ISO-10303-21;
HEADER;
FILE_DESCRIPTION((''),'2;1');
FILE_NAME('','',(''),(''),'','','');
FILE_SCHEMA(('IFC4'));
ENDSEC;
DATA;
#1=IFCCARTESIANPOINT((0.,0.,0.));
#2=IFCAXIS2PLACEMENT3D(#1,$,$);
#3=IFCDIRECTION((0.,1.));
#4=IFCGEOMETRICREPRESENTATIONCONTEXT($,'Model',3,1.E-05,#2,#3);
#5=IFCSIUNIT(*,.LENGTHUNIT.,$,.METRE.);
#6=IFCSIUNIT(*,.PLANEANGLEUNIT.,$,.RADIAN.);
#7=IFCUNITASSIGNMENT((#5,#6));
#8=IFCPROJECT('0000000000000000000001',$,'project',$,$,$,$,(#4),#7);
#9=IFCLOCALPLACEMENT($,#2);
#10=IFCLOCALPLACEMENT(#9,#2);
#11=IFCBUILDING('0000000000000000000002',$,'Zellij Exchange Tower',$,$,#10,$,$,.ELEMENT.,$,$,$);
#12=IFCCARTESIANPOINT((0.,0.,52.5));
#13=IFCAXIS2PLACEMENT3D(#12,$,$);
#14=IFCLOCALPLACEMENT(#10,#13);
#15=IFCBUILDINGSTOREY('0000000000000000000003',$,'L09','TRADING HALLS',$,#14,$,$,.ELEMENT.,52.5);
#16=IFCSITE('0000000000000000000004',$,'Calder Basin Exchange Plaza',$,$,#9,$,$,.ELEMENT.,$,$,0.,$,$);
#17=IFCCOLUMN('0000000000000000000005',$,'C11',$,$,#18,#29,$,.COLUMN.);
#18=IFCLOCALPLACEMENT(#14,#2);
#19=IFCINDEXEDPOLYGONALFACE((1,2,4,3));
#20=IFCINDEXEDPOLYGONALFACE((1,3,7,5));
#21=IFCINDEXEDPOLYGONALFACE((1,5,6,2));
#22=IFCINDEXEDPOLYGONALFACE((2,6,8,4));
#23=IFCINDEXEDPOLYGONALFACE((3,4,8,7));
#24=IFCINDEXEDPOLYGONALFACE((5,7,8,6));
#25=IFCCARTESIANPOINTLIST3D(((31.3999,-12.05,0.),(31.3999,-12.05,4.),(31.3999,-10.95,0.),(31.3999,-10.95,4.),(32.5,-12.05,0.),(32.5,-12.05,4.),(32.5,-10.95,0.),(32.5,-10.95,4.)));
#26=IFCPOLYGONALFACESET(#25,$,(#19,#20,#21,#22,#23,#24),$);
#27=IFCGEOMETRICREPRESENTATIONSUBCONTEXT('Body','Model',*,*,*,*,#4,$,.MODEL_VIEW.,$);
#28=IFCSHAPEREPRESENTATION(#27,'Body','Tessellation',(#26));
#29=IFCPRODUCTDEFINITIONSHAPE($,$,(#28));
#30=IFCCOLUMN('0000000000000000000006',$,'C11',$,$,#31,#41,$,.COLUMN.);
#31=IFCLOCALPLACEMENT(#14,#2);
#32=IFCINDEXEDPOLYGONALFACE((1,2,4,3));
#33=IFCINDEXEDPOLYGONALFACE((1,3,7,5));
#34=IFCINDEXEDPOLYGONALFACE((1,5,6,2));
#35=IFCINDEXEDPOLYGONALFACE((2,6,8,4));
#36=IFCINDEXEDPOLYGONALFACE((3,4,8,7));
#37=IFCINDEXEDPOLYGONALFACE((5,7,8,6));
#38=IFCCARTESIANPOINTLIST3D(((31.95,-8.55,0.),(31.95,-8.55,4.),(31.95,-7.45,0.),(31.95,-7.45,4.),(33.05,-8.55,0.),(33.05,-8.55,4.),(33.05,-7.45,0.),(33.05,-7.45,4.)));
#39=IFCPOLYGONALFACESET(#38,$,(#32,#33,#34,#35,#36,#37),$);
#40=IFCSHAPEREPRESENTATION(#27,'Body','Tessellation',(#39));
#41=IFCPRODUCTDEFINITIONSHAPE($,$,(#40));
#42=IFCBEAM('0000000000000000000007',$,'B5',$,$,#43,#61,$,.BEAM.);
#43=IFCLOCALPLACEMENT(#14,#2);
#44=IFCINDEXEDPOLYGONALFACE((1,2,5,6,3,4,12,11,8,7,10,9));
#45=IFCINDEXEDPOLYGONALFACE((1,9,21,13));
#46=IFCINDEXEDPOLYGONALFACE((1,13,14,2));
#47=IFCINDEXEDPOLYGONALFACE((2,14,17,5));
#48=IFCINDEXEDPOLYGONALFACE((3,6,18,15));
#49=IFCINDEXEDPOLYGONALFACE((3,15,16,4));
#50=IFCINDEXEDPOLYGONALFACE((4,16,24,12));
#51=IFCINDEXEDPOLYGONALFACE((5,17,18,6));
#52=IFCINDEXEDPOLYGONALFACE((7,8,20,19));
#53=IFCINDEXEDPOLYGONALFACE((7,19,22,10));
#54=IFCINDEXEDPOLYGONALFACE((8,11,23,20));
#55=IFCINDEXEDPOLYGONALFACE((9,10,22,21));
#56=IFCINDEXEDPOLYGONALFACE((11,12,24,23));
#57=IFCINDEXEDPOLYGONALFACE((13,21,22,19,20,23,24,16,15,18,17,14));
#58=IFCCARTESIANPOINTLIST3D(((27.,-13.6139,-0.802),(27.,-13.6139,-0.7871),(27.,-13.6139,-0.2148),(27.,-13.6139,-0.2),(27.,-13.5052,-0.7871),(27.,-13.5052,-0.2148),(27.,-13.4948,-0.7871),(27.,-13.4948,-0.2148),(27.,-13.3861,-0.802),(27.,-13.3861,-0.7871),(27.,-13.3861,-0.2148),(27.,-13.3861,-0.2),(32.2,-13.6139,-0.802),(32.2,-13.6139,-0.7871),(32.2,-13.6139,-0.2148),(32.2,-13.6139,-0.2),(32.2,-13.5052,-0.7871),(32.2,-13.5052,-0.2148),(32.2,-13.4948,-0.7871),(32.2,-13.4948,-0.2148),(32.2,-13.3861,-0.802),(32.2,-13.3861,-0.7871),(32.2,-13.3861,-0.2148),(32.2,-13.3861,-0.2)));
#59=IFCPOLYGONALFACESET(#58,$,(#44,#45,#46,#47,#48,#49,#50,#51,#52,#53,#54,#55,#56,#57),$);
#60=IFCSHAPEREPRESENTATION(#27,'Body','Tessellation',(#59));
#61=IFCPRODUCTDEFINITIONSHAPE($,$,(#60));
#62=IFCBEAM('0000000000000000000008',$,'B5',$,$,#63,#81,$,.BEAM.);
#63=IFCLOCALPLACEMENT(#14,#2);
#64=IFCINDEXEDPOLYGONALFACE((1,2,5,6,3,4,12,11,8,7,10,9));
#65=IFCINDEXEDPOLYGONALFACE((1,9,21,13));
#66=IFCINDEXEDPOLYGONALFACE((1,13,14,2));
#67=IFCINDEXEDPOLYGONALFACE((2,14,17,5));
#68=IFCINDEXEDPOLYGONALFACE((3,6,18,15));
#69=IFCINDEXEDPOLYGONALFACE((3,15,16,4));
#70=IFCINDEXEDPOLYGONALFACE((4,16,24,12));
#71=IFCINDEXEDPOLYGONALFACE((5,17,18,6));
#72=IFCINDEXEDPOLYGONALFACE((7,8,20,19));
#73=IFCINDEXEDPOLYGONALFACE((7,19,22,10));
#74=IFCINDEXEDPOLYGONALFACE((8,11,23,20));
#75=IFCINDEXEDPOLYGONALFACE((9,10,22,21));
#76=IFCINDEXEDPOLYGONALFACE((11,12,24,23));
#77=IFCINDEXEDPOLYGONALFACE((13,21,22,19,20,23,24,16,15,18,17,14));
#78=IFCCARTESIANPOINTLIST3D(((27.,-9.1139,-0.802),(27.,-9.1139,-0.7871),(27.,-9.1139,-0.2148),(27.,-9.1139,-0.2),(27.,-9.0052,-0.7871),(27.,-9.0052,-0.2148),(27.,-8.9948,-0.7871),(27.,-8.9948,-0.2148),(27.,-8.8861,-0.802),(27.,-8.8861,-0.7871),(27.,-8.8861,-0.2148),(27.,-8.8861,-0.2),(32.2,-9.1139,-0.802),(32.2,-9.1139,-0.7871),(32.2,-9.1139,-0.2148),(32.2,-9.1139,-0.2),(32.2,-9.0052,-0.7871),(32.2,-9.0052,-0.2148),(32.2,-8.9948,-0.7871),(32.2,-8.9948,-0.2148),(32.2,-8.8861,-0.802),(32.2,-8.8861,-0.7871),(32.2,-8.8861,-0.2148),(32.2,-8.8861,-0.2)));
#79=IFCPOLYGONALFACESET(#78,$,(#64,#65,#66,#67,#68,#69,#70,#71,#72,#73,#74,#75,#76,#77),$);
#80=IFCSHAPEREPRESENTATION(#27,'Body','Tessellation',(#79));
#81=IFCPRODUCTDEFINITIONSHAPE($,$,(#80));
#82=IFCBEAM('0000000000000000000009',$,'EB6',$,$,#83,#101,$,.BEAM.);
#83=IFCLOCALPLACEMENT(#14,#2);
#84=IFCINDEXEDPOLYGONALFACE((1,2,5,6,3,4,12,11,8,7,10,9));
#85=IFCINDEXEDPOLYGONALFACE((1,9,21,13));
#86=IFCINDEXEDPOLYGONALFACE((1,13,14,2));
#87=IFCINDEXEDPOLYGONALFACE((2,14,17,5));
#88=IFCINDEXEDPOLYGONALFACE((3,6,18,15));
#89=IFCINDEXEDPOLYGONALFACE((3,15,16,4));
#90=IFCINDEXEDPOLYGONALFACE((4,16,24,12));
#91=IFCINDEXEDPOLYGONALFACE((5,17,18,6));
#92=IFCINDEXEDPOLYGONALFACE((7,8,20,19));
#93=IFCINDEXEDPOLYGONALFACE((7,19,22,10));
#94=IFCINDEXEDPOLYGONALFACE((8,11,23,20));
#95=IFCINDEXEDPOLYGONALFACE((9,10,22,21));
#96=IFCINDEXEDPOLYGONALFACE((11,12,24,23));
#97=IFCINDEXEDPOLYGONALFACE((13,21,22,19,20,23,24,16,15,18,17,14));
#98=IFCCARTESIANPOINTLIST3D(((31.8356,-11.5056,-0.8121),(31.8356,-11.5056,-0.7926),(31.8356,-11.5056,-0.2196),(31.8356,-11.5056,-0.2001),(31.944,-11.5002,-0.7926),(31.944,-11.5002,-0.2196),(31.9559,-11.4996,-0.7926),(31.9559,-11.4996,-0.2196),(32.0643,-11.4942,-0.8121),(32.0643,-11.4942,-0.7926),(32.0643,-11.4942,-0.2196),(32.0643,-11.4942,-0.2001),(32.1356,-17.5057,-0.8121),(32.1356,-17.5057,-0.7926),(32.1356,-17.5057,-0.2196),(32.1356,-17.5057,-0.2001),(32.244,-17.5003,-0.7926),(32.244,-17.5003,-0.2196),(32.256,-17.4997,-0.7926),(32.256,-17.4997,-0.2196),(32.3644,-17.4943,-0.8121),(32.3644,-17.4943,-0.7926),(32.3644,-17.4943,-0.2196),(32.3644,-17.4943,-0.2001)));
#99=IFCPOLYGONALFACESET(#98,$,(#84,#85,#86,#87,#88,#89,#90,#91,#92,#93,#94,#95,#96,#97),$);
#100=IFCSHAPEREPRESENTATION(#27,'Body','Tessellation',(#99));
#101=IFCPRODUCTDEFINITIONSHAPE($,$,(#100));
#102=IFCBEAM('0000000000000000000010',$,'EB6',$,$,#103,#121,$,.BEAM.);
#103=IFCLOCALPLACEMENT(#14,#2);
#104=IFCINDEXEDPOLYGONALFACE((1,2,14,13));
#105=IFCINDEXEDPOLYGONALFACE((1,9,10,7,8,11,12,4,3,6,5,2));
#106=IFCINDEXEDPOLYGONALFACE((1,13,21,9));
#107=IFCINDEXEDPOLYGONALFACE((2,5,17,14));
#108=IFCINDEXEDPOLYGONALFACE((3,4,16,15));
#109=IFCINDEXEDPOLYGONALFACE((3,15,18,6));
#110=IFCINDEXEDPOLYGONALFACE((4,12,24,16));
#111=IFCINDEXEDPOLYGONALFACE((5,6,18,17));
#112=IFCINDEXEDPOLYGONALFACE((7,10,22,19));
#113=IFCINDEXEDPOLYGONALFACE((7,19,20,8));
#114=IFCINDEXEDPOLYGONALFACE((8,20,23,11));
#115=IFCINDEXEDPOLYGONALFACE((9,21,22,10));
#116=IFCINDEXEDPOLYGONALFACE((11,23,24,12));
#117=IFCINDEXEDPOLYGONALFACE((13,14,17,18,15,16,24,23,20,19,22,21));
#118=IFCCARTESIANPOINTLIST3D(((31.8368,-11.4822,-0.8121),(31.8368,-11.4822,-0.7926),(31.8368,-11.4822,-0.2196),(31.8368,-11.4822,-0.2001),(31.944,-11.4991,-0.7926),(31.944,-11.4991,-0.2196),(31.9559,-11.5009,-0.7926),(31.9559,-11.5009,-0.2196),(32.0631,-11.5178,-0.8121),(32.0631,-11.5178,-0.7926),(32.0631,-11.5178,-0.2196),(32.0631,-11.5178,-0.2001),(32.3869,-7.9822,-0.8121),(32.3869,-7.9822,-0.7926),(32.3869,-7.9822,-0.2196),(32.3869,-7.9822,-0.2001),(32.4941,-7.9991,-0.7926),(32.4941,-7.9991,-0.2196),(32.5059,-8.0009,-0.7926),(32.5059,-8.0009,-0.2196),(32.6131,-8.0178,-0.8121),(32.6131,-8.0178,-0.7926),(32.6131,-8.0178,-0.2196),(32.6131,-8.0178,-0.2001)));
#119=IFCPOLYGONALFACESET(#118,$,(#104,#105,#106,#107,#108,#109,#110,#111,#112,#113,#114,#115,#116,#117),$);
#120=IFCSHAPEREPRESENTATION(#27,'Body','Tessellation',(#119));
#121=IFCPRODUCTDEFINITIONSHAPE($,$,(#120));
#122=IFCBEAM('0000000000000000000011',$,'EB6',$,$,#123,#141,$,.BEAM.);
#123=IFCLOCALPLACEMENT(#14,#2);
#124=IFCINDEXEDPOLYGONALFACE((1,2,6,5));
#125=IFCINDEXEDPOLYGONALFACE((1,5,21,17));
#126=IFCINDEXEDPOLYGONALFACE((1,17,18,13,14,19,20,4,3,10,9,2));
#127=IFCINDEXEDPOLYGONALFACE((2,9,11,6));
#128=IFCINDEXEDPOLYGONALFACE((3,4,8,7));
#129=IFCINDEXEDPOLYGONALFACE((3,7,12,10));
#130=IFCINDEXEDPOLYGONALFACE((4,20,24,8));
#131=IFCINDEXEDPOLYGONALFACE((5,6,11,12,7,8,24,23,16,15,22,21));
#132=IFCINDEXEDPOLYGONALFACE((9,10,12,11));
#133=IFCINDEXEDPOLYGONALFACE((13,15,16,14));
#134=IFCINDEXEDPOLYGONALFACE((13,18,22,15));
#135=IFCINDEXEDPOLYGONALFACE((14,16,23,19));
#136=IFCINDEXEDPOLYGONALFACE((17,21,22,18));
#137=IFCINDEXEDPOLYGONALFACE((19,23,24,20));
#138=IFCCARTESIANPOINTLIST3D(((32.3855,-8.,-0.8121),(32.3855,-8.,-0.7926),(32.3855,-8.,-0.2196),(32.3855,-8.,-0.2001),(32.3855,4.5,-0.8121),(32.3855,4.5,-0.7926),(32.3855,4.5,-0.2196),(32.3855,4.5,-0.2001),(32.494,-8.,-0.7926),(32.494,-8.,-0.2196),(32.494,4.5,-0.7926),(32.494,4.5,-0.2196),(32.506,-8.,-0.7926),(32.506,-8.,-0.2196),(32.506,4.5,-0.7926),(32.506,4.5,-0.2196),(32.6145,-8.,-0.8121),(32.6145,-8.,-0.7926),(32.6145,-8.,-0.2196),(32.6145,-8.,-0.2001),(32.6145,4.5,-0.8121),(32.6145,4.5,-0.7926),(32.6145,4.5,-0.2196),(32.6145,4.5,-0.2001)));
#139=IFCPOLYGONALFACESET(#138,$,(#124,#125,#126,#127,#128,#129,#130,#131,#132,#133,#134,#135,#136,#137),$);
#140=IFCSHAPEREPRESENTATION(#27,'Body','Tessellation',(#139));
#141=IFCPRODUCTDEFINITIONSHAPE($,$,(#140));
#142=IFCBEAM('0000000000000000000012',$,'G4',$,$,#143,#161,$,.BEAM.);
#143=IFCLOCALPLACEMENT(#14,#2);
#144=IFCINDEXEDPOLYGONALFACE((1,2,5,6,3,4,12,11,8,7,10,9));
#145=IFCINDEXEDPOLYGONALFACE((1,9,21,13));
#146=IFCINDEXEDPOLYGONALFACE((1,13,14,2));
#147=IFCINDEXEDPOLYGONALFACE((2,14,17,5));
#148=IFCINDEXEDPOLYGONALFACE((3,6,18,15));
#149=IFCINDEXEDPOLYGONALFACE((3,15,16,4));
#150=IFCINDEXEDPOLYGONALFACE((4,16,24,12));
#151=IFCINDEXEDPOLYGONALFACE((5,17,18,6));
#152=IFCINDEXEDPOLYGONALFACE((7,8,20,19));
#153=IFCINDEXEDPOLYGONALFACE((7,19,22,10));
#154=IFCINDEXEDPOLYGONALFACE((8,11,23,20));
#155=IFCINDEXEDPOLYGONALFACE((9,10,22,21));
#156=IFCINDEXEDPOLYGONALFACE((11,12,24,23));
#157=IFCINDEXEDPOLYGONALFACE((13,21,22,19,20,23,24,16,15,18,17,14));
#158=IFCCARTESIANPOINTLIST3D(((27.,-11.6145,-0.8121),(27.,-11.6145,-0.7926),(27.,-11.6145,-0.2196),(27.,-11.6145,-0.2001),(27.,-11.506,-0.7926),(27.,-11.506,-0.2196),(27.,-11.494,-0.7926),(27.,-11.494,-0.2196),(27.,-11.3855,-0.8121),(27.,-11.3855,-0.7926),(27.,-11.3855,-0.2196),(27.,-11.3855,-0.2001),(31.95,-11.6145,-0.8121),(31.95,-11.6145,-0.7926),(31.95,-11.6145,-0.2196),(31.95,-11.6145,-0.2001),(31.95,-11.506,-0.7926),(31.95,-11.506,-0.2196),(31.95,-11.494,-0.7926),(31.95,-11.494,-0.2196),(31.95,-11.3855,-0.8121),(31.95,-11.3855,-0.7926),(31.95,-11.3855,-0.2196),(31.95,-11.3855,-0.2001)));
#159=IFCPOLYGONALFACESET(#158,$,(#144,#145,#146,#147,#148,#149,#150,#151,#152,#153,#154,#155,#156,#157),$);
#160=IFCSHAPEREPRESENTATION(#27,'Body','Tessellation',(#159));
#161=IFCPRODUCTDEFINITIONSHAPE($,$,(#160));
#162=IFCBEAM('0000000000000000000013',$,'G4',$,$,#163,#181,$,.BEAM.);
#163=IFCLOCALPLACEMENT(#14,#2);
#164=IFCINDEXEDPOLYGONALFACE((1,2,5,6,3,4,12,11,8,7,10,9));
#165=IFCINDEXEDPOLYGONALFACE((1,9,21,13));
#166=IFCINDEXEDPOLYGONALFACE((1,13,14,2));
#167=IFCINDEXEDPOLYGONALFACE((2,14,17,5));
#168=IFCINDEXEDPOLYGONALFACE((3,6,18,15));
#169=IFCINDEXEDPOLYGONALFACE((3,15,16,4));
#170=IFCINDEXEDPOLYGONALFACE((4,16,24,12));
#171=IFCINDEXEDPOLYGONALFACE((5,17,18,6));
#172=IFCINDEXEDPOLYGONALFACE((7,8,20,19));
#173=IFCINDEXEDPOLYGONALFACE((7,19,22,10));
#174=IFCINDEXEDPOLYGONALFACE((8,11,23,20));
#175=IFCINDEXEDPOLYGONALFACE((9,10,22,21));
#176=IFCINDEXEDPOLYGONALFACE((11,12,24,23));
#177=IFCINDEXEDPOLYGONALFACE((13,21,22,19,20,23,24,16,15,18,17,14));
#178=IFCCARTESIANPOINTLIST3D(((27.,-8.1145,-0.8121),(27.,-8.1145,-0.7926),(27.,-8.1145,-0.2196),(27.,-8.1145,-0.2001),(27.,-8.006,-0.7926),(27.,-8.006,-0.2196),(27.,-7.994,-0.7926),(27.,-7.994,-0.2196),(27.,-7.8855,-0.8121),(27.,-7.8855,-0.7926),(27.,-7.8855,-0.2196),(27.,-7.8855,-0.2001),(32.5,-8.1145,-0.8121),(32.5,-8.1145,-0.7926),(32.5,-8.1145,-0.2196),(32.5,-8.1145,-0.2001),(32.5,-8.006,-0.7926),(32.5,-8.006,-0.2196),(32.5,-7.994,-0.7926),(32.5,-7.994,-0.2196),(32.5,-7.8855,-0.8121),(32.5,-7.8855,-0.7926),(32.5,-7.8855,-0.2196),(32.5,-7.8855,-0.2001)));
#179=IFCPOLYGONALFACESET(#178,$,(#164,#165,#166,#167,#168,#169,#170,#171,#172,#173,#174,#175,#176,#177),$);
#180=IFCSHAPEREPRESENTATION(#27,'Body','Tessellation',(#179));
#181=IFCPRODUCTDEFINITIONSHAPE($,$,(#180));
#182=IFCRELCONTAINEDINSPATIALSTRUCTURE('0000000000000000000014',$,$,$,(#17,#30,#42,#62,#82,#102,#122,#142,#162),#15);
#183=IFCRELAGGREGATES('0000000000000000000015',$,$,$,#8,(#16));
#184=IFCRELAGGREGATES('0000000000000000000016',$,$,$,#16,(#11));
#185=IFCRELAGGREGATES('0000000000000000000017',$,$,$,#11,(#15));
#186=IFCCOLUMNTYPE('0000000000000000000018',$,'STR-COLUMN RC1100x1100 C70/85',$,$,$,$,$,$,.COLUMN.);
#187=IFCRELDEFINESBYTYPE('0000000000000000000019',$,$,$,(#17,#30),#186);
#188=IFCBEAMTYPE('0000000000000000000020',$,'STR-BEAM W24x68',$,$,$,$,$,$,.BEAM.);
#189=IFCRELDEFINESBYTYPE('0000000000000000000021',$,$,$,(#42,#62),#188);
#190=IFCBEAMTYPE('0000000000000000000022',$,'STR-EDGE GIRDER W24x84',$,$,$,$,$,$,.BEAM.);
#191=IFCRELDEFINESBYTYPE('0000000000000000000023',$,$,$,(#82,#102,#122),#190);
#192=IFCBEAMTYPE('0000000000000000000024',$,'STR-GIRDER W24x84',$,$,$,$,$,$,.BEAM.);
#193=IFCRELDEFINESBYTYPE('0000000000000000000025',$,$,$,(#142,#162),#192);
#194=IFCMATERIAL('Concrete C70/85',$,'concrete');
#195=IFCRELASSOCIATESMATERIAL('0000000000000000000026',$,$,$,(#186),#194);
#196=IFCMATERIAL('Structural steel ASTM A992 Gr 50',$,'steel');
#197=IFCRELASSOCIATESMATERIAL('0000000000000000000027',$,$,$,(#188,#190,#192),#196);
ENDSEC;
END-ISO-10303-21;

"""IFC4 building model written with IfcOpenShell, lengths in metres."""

from ifc_helpers import new_model, si_unit, direction, frame, origin, origin_2d, place, context, subcontext, project, spatial, rectangle, i_section, extrude, material, material_profile, profile_set, type_object, element, save


model = new_model("IFC4")

# Units and contexts
model_context = context("Model", 3, precision=1e-05, world=origin(), true_north=direction((0.0, 1.0)))
body_context = subcontext(model_context, "Body", "Model", "MODEL_VIEW")
ifc_project = project(units=[si_unit("LENGTHUNIT", "METRE"), si_unit("PLANEANGLEUNIT", "RADIAN")], contexts=[model_context])

# Site, building, storey
site_placement = place(None, origin())
site = spatial("IfcSite", under=ifc_project, at=site_placement, Name="Calder Basin Exchange Plaza", CompositionType="ELEMENT", RefElevation=0.0)
building_placement = place(site_placement, origin())
building = spatial("IfcBuilding", under=site, at=building_placement, Name="Zellij Exchange Tower", CompositionType="ELEMENT")
storey_placement = place(building_placement, frame((0.0, 0.0, 52.5)))
storey = spatial("IfcBuildingStorey", under=building, at=storey_placement, Name="L09", Description="TRADING HALLS", CompositionType="ELEMENT", Elevation=52.5)

# Columns
ifc_material_1 = material(Name="Concrete C70/85", Category="concrete")
ifc_material_profile_1 = material_profile(ifc_material_1, rectangle(XDim=1.1001, YDim=1.1001, at=origin_2d()), Name="STR-COLUMN RC1100x1100 C70/85")
ifc_profile_set_1 = profile_set([ifc_material_profile_1], Name="Concrete C70/85")
column_type = type_object("IfcColumnType", Name="STR-COLUMN RC1100x1100 C70/85", PredefinedType="COLUMN", material=ifc_profile_set_1)
for number, where, z_axis, x_axis, name in (
    (1, (31.95, -11.5, 0.0), (0.0, 0.0, 1.0), (1.0, 0.0, 0.0), "C11"),
    (2, (32.5, -8.0, 0.0), (0.0, 0.0, 1.0), (1.0, 0.0, 0.0), "C11"),
):
    element("IfcColumn", number, at=place(storey_placement, frame(where, z_axis=z_axis, x_axis=x_axis)), inside=storey, type_object=column_type, Name=name, PredefinedType="COLUMN", context=body_context, shape_type="SweptSolid", body=[
        extrude(rectangle(XDim=1.1001, YDim=1.1001, at=origin_2d()), origin(), (0.0, 0.0, 1.0), 4.0),
    ])

# Beams
ifc_material_2 = material(Name="Structural steel ASTM A992 Gr 50", Category="steel")
ifc_material_profile_2 = material_profile(ifc_material_2, i_section(OverallWidth=0.2278, OverallDepth=0.6021, WebThickness=0.0105, FlangeThickness=0.0149, at=origin_2d()), Name="W24x68")
ifc_profile_set_2 = profile_set([ifc_material_profile_2], Name="Structural steel ASTM A992 Gr 50")
beam_type_1 = type_object("IfcBeamType", Name="STR-BEAM W24x68", PredefinedType="BEAM", material=ifc_profile_set_2)
for number, where, z_axis, x_axis, name in (
    (3, (27.0, -13.5, -0.501), (1.0, 0.0, 0.0), (0.0, 1.0, 0.0), "B5"),
    (4, (27.0, -9.0, -0.501), (1.0, 0.0, 0.0), (0.0, 1.0, 0.0), "B5"),
):
    element("IfcBeam", number, at=place(storey_placement, frame(where, z_axis=z_axis, x_axis=x_axis)), inside=storey, type_object=beam_type_1, Name=name, PredefinedType="BEAM", context=body_context, shape_type="SweptSolid", body=[
        extrude(i_section(OverallWidth=0.2278, OverallDepth=0.6021, WebThickness=0.0105, FlangeThickness=0.0149, at=origin_2d()), origin(), (0.0, 0.0, 1.0), 5.2),
    ])
ifc_material_profile_3 = material_profile(ifc_material_2, i_section(OverallWidth=0.229, OverallDepth=0.6121, WebThickness=0.012, FlangeThickness=0.0195, at=origin_2d()), Name="W24x84")
ifc_profile_set_3 = profile_set([ifc_material_profile_3], Name="Structural steel ASTM A992 Gr 50")
beam_type_2 = type_object("IfcBeamType", Name="STR-EDGE GIRDER W24x84", PredefinedType="BEAM", material=ifc_profile_set_3)
beam_1_placement = place(storey_placement, frame((32.25, -17.5, -0.5061), z_axis=(-0.049946, 0.998752, 0.0), x_axis=(-0.998752, -0.049946, 0.0)))
element("IfcBeam", 5, at=beam_1_placement, inside=storey, type_object=beam_type_2, Name="EB6", PredefinedType="BEAM", context=body_context, shape_type="SweptSolid", body=[
    extrude(i_section(OverallWidth=0.229, OverallDepth=0.6121, WebThickness=0.012, FlangeThickness=0.0195, at=origin_2d()), origin(), (0.0, 0.0, 1.0), 6.0076),
])
beam_2_placement = place(storey_placement, frame((31.95, -11.5, -0.5061), z_axis=(0.155251, 0.987875, 0.0), x_axis=(-0.987875, 0.155251, 0.0)))
element("IfcBeam", 6, at=beam_2_placement, inside=storey, type_object=beam_type_2, Name="EB6", PredefinedType="BEAM", context=body_context, shape_type="SweptSolid", body=[
    extrude(i_section(OverallWidth=0.229, OverallDepth=0.6121, WebThickness=0.012, FlangeThickness=0.0195, at=origin_2d()), origin(), (0.0, 0.0, 1.0), 3.543),
])
beam_3_placement = place(storey_placement, frame((32.5, -8.0, -0.5061), z_axis=(0.0, 1.0, 0.0), x_axis=(-1.0, 0.0, 0.0)))
element("IfcBeam", 7, at=beam_3_placement, inside=storey, type_object=beam_type_2, Name="EB6", PredefinedType="BEAM", context=body_context, shape_type="SweptSolid", body=[
    extrude(i_section(OverallWidth=0.229, OverallDepth=0.6121, WebThickness=0.012, FlangeThickness=0.0195, at=origin_2d()), origin(), (0.0, 0.0, 1.0), 12.5),
])
ifc_material_profile_4 = material_profile(ifc_material_2, i_section(OverallWidth=0.229, OverallDepth=0.6121, WebThickness=0.012, FlangeThickness=0.0195, at=origin_2d()), Name="W24x84")
ifc_profile_set_4 = profile_set([ifc_material_profile_4], Name="Structural steel ASTM A992 Gr 50")
beam_type_3 = type_object("IfcBeamType", Name="STR-GIRDER W24x84", PredefinedType="BEAM", material=ifc_profile_set_4)
beam_4_placement = place(storey_placement, frame((27.0, -11.5, -0.5061), z_axis=(1.0, 0.0, 0.0), x_axis=(0.0, 1.0, 0.0)))
element("IfcBeam", 8, at=beam_4_placement, inside=storey, type_object=beam_type_3, Name="G4", PredefinedType="BEAM", context=body_context, shape_type="SweptSolid", body=[
    extrude(i_section(OverallWidth=0.229, OverallDepth=0.6121, WebThickness=0.012, FlangeThickness=0.0195, at=origin_2d()), origin(), (0.0, 0.0, 1.0), 4.95),
])
beam_5_placement = place(storey_placement, frame((27.0, -8.0, -0.5061), z_axis=(1.0, 0.0, 0.0), x_axis=(0.0, 1.0, 0.0)))
element("IfcBeam", 9, at=beam_5_placement, inside=storey, type_object=beam_type_3, Name="G4", PredefinedType="BEAM", context=body_context, shape_type="SweptSolid", body=[
    extrude(i_section(OverallWidth=0.229, OverallDepth=0.6121, WebThickness=0.012, FlangeThickness=0.0195, at=origin_2d()), origin(), (0.0, 0.0, 1.0), 5.5),
])

save(model, "model.ifc")
